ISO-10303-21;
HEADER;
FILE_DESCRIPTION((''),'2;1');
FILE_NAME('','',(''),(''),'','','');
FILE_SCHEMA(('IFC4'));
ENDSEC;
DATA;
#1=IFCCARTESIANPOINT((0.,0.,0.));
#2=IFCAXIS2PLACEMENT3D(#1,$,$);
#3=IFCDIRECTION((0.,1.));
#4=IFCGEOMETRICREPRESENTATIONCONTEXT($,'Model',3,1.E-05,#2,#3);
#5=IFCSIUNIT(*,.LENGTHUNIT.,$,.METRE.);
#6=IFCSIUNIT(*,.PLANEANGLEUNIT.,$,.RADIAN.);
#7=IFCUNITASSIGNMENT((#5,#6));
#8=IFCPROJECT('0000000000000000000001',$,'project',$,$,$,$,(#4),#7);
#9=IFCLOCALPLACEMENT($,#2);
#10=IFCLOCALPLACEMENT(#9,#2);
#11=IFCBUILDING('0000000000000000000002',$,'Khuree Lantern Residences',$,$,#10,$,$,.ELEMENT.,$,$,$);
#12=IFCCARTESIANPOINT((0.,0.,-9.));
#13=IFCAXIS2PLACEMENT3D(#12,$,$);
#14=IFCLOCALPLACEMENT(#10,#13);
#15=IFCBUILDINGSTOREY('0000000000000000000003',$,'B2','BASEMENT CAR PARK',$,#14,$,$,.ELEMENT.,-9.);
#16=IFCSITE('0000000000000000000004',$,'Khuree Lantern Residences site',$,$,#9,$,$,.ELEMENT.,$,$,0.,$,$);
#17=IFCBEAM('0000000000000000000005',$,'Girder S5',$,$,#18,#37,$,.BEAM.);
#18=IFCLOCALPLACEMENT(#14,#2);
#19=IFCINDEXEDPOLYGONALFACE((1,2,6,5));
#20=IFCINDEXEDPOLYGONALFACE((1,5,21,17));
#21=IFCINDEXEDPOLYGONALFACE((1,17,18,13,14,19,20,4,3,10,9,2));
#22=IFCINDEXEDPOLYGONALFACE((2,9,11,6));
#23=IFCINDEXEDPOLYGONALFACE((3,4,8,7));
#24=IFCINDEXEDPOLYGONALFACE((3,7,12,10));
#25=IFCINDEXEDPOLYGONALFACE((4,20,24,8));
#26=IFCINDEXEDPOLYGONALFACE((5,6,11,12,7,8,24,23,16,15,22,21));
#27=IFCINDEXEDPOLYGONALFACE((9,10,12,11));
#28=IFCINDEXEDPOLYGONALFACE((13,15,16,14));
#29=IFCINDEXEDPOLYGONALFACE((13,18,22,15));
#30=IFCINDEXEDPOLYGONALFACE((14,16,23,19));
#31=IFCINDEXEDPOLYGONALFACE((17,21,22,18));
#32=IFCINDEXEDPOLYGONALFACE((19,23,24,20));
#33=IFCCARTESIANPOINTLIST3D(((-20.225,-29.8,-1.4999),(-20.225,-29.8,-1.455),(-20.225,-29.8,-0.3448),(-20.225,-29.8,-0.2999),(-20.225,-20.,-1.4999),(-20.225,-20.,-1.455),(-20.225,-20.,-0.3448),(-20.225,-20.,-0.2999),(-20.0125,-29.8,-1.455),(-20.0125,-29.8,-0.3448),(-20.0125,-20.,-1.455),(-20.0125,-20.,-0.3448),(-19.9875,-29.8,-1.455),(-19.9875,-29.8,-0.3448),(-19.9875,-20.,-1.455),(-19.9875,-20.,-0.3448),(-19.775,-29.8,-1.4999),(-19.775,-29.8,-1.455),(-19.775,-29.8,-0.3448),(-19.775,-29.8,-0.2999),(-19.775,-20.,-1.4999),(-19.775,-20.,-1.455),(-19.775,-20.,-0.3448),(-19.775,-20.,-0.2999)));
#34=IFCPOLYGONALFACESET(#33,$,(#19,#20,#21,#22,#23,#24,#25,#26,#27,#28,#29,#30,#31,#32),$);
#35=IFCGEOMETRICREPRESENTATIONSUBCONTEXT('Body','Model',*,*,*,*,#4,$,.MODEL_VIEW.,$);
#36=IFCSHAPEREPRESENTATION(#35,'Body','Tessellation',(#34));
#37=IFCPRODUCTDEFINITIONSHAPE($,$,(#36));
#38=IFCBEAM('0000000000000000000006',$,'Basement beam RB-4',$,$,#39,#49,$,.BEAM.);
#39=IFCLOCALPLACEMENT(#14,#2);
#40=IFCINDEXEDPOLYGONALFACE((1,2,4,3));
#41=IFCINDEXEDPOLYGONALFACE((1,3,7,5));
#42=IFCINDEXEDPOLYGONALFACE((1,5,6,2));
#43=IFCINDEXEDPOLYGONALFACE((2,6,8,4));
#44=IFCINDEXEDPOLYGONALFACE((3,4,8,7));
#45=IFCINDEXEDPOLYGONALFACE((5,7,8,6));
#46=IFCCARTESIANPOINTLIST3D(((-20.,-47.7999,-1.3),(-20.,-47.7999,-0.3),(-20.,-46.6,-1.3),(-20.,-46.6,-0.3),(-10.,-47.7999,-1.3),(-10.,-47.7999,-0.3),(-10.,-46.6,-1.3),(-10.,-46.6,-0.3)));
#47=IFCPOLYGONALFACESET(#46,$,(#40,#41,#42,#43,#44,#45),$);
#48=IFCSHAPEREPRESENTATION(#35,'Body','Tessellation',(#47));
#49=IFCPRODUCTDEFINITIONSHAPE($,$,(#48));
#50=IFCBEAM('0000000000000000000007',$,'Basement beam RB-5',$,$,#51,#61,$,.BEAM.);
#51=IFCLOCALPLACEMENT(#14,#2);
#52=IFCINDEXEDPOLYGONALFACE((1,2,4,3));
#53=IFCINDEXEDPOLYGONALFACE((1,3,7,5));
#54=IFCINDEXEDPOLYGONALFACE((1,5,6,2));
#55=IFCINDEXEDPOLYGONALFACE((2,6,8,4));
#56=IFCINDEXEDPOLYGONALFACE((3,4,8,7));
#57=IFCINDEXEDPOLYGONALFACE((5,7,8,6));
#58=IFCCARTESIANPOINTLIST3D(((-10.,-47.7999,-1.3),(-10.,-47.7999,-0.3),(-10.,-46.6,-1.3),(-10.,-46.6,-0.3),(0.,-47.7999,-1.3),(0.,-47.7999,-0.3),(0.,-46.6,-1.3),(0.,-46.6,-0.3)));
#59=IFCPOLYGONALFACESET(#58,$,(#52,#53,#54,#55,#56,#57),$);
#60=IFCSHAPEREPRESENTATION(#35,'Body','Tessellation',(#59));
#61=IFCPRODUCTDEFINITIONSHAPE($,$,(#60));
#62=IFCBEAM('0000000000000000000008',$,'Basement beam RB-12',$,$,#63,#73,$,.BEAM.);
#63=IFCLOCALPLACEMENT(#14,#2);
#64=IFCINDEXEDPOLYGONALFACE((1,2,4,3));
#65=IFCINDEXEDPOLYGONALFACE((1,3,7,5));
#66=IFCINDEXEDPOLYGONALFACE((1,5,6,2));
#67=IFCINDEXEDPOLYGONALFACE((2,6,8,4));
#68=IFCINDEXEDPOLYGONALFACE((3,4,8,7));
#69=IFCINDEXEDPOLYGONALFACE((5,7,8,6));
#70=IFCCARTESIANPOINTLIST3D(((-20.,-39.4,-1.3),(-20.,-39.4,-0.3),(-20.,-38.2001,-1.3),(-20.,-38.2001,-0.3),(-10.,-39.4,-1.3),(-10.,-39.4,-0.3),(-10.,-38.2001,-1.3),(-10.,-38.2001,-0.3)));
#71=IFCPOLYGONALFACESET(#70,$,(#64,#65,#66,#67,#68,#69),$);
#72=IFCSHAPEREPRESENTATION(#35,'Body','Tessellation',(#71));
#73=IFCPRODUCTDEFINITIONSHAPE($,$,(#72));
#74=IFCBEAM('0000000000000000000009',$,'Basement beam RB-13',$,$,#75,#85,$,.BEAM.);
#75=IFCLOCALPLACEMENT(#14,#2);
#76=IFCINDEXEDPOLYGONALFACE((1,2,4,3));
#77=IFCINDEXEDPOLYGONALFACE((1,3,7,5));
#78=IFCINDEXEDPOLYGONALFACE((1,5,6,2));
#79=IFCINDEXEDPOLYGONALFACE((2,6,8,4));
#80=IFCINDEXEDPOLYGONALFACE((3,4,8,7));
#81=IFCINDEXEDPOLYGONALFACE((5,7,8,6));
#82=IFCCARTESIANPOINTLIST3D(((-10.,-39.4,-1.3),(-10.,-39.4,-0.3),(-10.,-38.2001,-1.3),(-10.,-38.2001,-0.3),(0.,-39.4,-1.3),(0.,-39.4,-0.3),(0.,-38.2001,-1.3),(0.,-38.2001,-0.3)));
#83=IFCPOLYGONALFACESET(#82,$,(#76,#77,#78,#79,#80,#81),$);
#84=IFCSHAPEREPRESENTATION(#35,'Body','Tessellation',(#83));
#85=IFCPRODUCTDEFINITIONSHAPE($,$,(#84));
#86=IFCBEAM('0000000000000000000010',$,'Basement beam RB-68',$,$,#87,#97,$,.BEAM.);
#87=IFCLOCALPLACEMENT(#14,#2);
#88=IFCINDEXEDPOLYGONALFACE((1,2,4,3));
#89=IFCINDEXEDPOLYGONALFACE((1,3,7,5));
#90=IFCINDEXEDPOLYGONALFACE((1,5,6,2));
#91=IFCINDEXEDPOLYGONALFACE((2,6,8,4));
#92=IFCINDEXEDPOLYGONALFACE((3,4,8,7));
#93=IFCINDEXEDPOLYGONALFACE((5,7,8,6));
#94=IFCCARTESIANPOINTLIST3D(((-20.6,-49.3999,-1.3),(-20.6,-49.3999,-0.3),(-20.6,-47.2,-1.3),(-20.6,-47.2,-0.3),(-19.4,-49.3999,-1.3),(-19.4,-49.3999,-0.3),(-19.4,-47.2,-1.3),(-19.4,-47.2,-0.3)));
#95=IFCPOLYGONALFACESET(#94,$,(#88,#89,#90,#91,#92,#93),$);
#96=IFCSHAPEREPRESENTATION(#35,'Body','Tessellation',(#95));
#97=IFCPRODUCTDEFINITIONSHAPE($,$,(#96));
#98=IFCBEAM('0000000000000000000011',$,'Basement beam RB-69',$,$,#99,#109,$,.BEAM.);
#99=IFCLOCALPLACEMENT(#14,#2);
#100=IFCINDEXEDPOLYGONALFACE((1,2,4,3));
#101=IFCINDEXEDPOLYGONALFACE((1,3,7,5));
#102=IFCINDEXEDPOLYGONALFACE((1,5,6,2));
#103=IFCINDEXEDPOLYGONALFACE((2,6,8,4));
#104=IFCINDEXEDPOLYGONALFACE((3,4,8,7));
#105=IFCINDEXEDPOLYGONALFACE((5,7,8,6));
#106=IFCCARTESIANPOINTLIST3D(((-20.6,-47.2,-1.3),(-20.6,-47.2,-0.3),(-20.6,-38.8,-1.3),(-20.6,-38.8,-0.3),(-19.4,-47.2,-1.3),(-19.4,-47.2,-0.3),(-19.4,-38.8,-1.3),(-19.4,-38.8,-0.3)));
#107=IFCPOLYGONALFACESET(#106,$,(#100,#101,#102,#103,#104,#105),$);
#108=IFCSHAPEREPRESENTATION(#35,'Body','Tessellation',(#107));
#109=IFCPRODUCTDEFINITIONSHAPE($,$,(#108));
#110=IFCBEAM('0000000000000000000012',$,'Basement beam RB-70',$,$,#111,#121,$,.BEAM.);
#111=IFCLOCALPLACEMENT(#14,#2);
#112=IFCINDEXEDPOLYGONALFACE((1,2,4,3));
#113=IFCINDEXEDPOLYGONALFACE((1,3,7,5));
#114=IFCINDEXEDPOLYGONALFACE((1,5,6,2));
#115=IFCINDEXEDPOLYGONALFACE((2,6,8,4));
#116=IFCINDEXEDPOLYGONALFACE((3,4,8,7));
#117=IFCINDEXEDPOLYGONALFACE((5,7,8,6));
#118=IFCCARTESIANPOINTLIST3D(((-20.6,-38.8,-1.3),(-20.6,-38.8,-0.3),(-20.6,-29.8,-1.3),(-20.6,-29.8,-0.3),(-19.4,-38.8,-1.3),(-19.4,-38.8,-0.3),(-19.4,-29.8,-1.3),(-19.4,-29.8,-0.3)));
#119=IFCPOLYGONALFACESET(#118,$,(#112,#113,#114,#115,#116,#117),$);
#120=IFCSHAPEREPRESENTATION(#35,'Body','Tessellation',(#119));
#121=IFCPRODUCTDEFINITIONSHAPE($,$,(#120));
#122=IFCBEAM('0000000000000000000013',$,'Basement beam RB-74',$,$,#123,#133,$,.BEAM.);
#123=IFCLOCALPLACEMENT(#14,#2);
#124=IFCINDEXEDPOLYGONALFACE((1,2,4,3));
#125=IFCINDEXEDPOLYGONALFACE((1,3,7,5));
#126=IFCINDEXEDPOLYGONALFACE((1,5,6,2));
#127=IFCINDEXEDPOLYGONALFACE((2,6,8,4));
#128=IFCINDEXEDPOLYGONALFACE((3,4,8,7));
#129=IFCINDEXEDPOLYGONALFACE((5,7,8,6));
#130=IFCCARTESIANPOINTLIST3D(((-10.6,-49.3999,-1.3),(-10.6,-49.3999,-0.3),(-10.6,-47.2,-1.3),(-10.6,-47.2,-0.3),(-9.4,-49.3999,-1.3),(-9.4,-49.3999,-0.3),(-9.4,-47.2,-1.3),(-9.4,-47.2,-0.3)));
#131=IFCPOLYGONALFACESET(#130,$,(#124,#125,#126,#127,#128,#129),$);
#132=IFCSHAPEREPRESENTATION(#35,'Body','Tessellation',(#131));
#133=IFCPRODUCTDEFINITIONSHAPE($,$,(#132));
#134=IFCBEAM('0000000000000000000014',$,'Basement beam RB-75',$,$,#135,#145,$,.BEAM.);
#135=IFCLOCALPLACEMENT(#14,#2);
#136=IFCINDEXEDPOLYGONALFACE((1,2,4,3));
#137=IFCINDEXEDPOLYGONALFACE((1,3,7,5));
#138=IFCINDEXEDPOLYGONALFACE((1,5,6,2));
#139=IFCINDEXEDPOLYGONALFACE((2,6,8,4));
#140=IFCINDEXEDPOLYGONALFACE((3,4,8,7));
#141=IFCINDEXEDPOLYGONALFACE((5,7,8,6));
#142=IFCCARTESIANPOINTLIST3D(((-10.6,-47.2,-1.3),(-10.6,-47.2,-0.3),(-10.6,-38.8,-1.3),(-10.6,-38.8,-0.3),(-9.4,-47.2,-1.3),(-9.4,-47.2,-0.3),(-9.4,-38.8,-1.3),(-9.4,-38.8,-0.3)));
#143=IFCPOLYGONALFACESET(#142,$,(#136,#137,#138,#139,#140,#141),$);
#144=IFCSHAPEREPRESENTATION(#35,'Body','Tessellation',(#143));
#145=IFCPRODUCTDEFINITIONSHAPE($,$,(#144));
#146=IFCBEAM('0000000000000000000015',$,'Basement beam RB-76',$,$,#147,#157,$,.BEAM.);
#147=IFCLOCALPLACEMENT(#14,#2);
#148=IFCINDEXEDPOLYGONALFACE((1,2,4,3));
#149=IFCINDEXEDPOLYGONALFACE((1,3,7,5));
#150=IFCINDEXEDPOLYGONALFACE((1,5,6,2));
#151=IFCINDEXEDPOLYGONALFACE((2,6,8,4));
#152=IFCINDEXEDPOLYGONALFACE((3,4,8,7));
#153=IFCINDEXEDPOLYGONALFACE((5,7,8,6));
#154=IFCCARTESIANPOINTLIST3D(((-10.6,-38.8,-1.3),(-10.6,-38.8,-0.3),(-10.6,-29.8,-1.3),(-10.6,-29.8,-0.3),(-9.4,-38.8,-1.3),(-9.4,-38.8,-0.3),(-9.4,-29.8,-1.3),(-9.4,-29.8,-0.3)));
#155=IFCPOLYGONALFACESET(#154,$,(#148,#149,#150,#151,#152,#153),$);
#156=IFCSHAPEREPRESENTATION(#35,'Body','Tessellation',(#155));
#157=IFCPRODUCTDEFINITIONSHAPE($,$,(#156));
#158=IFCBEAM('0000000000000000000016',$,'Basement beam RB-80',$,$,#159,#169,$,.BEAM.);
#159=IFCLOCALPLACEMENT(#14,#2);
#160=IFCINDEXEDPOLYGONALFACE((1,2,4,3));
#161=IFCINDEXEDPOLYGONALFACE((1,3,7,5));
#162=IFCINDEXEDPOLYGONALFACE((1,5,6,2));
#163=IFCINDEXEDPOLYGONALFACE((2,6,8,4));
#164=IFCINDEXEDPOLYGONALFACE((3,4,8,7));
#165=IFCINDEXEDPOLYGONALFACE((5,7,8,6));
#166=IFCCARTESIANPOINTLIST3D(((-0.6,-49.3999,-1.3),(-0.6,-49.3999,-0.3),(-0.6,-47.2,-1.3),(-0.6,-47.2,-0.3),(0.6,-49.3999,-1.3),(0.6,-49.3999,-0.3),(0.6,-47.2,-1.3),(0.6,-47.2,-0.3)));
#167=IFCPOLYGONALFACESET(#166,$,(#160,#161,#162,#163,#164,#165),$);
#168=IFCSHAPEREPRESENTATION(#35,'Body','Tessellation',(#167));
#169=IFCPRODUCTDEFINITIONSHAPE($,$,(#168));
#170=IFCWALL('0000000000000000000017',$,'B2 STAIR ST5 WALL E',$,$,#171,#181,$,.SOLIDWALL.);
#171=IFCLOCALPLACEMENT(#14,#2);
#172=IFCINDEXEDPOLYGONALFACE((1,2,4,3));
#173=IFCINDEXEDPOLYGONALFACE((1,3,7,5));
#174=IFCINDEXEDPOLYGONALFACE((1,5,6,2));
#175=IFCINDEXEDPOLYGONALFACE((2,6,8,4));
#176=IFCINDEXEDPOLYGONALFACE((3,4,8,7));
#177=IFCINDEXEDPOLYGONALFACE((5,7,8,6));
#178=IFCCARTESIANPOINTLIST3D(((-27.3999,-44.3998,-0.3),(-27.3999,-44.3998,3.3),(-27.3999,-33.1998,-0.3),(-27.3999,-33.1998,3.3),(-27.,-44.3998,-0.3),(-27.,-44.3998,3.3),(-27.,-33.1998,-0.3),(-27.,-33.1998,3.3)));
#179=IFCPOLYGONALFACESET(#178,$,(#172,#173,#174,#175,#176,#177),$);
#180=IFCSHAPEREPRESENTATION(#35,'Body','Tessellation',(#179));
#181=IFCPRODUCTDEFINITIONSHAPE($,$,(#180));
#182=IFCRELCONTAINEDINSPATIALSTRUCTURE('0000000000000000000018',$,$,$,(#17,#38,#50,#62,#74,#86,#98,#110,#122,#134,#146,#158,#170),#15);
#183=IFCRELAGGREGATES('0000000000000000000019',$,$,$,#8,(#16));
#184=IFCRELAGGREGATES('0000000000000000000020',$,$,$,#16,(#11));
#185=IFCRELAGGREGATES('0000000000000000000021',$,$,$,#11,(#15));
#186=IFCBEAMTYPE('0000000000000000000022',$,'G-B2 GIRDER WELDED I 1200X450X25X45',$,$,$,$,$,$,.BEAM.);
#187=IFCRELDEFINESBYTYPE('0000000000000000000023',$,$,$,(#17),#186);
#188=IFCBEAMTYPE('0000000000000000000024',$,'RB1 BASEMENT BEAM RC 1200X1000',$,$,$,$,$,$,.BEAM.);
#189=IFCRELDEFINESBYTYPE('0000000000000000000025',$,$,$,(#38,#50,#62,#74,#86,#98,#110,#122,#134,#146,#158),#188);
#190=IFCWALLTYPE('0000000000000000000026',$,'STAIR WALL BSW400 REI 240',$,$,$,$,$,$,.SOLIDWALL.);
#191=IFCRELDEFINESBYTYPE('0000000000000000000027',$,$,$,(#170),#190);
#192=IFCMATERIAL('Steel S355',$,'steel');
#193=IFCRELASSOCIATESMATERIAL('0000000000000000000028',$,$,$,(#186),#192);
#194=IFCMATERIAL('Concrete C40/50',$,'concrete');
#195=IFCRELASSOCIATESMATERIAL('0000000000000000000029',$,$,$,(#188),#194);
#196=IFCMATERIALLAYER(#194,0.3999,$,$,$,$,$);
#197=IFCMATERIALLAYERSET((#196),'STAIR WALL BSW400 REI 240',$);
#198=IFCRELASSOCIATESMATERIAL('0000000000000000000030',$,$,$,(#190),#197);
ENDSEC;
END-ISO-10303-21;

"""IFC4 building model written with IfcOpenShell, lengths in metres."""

from ifc_helpers import new_model, si_unit, direction, frame, frame_2d, origin, origin_2d, place, context, subcontext, project, spatial, rectangle, i_section, extrude, material, layer, layer_set, material_profile, profile_set, type_object, element, save


model = new_model("IFC4")

# Units and contexts
model_context = context("Model", 3, precision=1e-05, world=origin(), true_north=direction((0.0, 1.0)))
body_context = subcontext(model_context, "Body", "Model", "MODEL_VIEW")
ifc_project = project(units=[si_unit("LENGTHUNIT", "METRE"), si_unit("PLANEANGLEUNIT", "RADIAN")], contexts=[model_context])

# Site, building, storey
site_placement = place(None, origin())
site = spatial("IfcSite", under=ifc_project, at=site_placement, Name="Khuree Lantern Residences site", CompositionType="ELEMENT", RefElevation=0.0)
building_placement = place(site_placement, origin())
building = spatial("IfcBuilding", under=site, at=building_placement, Name="Khuree Lantern Residences", CompositionType="ELEMENT")
storey_placement = place(building_placement, frame((0.0, 0.0, -9.0)))
storey = spatial("IfcBuildingStorey", under=building, at=storey_placement, Name="B2", Description="BASEMENT CAR PARK", CompositionType="ELEMENT", Elevation=-9.0)

# Beams
ifc_material_1 = material(Name="Steel S355", Category="steel")
ifc_material_profile_1 = material_profile(ifc_material_1, i_section(OverallWidth=0.45, OverallDepth=1.2, WebThickness=0.0249, FlangeThickness=0.0449, at=origin_2d()), Name="WELDED I 1200X450X25X45")
ifc_profile_set_1 = profile_set([ifc_material_profile_1], Name="Steel S355")
beam_type_1 = type_object("IfcBeamType", Name="G-B2 GIRDER WELDED I 1200X450X25X45", PredefinedType="BEAM", material=ifc_profile_set_1)
beam_1_placement = place(storey_placement, frame((-20.0, -29.8, -0.8999), z_axis=(0.0, 1.0, 0.0), x_axis=(-1.0, 0.0, 0.0)))
element("IfcBeam", 1, at=beam_1_placement, inside=storey, type_object=beam_type_1, Name="Girder S5", PredefinedType="BEAM", context=body_context, shape_type="SweptSolid", body=[
    extrude(i_section(OverallWidth=0.45, OverallDepth=1.2, WebThickness=0.0249, FlangeThickness=0.0449, at=origin_2d()), origin(), (0.0, 0.0, 1.0), 9.8),
])
ifc_material_2 = material(Name="Concrete C40/50", Category="concrete")
ifc_material_profile_2 = material_profile(ifc_material_2, rectangle(XDim=1.2, YDim=1.0, at=origin_2d()), Name="RC 1200X1000")
ifc_profile_set_2 = profile_set([ifc_material_profile_2], Name="Concrete C40/50")
beam_type_2 = type_object("IfcBeamType", Name="RB1 BASEMENT BEAM RC 1200X1000", PredefinedType="BEAM", material=ifc_profile_set_2)
for number, where, z_axis, x_axis, name in (
    (2, (-20.0, -47.2, -0.8), (1.0, 0.0, 0.0), (0.0, 1.0, 0.0), "Basement beam RB-4"),
    (3, (-10.0, -47.2, -0.8), (1.0, 0.0, 0.0), (0.0, 1.0, 0.0), "Basement beam RB-5"),
    (4, (-20.0, -38.8, -0.8), (1.0, 0.0, 0.0), (0.0, 1.0, 0.0), "Basement beam RB-12"),
    (5, (-10.0, -38.8, -0.8), (1.0, 0.0, 0.0), (0.0, 1.0, 0.0), "Basement beam RB-13"),
):
    element("IfcBeam", number, at=place(storey_placement, frame(where, z_axis=z_axis, x_axis=x_axis)), inside=storey, type_object=beam_type_2, Name=name, PredefinedType="BEAM", context=body_context, shape_type="SweptSolid", body=[
        extrude(rectangle(XDim=1.2, YDim=1.0, at=origin_2d()), origin(), (0.0, 0.0, 1.0), 10.0),
    ])
beam_2_placement = place(storey_placement, frame((-20.0, -49.3999, -0.8), z_axis=(0.0, 1.0, 0.0), x_axis=(-1.0, 0.0, 0.0)))
element("IfcBeam", 6, at=beam_2_placement, inside=storey, type_object=beam_type_2, Name="Basement beam RB-68", PredefinedType="BEAM", context=body_context, shape_type="SweptSolid", body=[
    extrude(rectangle(XDim=1.2, YDim=1.0, at=origin_2d()), origin(), (0.0, 0.0, 1.0), 2.2),
])
beam_3_placement = place(storey_placement, frame((-20.0, -47.2, -0.8), z_axis=(0.0, 1.0, 0.0), x_axis=(-1.0, 0.0, 0.0)))
element("IfcBeam", 7, at=beam_3_placement, inside=storey, type_object=beam_type_2, Name="Basement beam RB-69", PredefinedType="BEAM", context=body_context, shape_type="SweptSolid", body=[
    extrude(rectangle(XDim=1.2, YDim=1.0, at=origin_2d()), origin(), (0.0, 0.0, 1.0), 8.3999),
])
beam_4_placement = place(storey_placement, frame((-20.0, -38.8, -0.8), z_axis=(0.0, 1.0, 0.0), x_axis=(-1.0, 0.0, 0.0)))
element("IfcBeam", 8, at=beam_4_placement, inside=storey, type_object=beam_type_2, Name="Basement beam RB-70", PredefinedType="BEAM", context=body_context, shape_type="SweptSolid", body=[
    extrude(rectangle(XDim=1.2, YDim=1.0, at=origin_2d()), origin(), (0.0, 0.0, 1.0), 9.0),
])
beam_5_placement = place(storey_placement, frame((-10.0, -49.3999, -0.8), z_axis=(0.0, 1.0, 0.0), x_axis=(-1.0, 0.0, 0.0)))
element("IfcBeam", 9, at=beam_5_placement, inside=storey, type_object=beam_type_2, Name="Basement beam RB-74", PredefinedType="BEAM", context=body_context, shape_type="SweptSolid", body=[
    extrude(rectangle(XDim=1.2, YDim=1.0, at=origin_2d()), origin(), (0.0, 0.0, 1.0), 2.2),
])
beam_6_placement = place(storey_placement, frame((-10.0, -47.2, -0.8), z_axis=(0.0, 1.0, 0.0), x_axis=(-1.0, 0.0, 0.0)))
element("IfcBeam", 10, at=beam_6_placement, inside=storey, type_object=beam_type_2, Name="Basement beam RB-75", PredefinedType="BEAM", context=body_context, shape_type="SweptSolid", body=[
    extrude(rectangle(XDim=1.2, YDim=1.0, at=origin_2d()), origin(), (0.0, 0.0, 1.0), 8.3999),
])
beam_7_placement = place(storey_placement, frame((-10.0, -38.8, -0.8), z_axis=(0.0, 1.0, 0.0), x_axis=(-1.0, 0.0, 0.0)))
element("IfcBeam", 11, at=beam_7_placement, inside=storey, type_object=beam_type_2, Name="Basement beam RB-76", PredefinedType="BEAM", context=body_context, shape_type="SweptSolid", body=[
    extrude(rectangle(XDim=1.2, YDim=1.0, at=origin_2d()), origin(), (0.0, 0.0, 1.0), 9.0),
])
beam_8_placement = place(storey_placement, frame((0.0, -49.3999, -0.8), z_axis=(0.0, 1.0, 0.0), x_axis=(-1.0, 0.0, 0.0)))
element("IfcBeam", 12, at=beam_8_placement, inside=storey, type_object=beam_type_2, Name="Basement beam RB-80", PredefinedType="BEAM", context=body_context, shape_type="SweptSolid", body=[
    extrude(rectangle(XDim=1.2, YDim=1.0, at=origin_2d()), origin(), (0.0, 0.0, 1.0), 2.2),
])

# Wall
ifc_layer = layer(ifc_material_2, 0.3999)
ifc_layer_set = layer_set([ifc_layer], Name="STAIR WALL BSW400 REI 240")
wall_type = type_object("IfcWallType", Name="STAIR WALL BSW400 REI 240", PredefinedType="SOLIDWALL", material=ifc_layer_set)
wall_placement = place(storey_placement, frame((-27.2, -44.3999, -0.3), z_axis=(0.0, 0.0, 1.0), x_axis=(0.0, 1.0, 0.0)))
element("IfcWall", 13, at=wall_placement, inside=storey, type_object=wall_type, Name="B2 STAIR ST5 WALL E", PredefinedType="SOLIDWALL", context=body_context, shape_type="SweptSolid", body=[
    extrude(rectangle(XDim=11.2, YDim=0.3999, at=frame_2d((5.6001, 0.0))), origin(), (0.0, 0.0, 1.0), 3.6001),
])

save(model, "model.ifc")
